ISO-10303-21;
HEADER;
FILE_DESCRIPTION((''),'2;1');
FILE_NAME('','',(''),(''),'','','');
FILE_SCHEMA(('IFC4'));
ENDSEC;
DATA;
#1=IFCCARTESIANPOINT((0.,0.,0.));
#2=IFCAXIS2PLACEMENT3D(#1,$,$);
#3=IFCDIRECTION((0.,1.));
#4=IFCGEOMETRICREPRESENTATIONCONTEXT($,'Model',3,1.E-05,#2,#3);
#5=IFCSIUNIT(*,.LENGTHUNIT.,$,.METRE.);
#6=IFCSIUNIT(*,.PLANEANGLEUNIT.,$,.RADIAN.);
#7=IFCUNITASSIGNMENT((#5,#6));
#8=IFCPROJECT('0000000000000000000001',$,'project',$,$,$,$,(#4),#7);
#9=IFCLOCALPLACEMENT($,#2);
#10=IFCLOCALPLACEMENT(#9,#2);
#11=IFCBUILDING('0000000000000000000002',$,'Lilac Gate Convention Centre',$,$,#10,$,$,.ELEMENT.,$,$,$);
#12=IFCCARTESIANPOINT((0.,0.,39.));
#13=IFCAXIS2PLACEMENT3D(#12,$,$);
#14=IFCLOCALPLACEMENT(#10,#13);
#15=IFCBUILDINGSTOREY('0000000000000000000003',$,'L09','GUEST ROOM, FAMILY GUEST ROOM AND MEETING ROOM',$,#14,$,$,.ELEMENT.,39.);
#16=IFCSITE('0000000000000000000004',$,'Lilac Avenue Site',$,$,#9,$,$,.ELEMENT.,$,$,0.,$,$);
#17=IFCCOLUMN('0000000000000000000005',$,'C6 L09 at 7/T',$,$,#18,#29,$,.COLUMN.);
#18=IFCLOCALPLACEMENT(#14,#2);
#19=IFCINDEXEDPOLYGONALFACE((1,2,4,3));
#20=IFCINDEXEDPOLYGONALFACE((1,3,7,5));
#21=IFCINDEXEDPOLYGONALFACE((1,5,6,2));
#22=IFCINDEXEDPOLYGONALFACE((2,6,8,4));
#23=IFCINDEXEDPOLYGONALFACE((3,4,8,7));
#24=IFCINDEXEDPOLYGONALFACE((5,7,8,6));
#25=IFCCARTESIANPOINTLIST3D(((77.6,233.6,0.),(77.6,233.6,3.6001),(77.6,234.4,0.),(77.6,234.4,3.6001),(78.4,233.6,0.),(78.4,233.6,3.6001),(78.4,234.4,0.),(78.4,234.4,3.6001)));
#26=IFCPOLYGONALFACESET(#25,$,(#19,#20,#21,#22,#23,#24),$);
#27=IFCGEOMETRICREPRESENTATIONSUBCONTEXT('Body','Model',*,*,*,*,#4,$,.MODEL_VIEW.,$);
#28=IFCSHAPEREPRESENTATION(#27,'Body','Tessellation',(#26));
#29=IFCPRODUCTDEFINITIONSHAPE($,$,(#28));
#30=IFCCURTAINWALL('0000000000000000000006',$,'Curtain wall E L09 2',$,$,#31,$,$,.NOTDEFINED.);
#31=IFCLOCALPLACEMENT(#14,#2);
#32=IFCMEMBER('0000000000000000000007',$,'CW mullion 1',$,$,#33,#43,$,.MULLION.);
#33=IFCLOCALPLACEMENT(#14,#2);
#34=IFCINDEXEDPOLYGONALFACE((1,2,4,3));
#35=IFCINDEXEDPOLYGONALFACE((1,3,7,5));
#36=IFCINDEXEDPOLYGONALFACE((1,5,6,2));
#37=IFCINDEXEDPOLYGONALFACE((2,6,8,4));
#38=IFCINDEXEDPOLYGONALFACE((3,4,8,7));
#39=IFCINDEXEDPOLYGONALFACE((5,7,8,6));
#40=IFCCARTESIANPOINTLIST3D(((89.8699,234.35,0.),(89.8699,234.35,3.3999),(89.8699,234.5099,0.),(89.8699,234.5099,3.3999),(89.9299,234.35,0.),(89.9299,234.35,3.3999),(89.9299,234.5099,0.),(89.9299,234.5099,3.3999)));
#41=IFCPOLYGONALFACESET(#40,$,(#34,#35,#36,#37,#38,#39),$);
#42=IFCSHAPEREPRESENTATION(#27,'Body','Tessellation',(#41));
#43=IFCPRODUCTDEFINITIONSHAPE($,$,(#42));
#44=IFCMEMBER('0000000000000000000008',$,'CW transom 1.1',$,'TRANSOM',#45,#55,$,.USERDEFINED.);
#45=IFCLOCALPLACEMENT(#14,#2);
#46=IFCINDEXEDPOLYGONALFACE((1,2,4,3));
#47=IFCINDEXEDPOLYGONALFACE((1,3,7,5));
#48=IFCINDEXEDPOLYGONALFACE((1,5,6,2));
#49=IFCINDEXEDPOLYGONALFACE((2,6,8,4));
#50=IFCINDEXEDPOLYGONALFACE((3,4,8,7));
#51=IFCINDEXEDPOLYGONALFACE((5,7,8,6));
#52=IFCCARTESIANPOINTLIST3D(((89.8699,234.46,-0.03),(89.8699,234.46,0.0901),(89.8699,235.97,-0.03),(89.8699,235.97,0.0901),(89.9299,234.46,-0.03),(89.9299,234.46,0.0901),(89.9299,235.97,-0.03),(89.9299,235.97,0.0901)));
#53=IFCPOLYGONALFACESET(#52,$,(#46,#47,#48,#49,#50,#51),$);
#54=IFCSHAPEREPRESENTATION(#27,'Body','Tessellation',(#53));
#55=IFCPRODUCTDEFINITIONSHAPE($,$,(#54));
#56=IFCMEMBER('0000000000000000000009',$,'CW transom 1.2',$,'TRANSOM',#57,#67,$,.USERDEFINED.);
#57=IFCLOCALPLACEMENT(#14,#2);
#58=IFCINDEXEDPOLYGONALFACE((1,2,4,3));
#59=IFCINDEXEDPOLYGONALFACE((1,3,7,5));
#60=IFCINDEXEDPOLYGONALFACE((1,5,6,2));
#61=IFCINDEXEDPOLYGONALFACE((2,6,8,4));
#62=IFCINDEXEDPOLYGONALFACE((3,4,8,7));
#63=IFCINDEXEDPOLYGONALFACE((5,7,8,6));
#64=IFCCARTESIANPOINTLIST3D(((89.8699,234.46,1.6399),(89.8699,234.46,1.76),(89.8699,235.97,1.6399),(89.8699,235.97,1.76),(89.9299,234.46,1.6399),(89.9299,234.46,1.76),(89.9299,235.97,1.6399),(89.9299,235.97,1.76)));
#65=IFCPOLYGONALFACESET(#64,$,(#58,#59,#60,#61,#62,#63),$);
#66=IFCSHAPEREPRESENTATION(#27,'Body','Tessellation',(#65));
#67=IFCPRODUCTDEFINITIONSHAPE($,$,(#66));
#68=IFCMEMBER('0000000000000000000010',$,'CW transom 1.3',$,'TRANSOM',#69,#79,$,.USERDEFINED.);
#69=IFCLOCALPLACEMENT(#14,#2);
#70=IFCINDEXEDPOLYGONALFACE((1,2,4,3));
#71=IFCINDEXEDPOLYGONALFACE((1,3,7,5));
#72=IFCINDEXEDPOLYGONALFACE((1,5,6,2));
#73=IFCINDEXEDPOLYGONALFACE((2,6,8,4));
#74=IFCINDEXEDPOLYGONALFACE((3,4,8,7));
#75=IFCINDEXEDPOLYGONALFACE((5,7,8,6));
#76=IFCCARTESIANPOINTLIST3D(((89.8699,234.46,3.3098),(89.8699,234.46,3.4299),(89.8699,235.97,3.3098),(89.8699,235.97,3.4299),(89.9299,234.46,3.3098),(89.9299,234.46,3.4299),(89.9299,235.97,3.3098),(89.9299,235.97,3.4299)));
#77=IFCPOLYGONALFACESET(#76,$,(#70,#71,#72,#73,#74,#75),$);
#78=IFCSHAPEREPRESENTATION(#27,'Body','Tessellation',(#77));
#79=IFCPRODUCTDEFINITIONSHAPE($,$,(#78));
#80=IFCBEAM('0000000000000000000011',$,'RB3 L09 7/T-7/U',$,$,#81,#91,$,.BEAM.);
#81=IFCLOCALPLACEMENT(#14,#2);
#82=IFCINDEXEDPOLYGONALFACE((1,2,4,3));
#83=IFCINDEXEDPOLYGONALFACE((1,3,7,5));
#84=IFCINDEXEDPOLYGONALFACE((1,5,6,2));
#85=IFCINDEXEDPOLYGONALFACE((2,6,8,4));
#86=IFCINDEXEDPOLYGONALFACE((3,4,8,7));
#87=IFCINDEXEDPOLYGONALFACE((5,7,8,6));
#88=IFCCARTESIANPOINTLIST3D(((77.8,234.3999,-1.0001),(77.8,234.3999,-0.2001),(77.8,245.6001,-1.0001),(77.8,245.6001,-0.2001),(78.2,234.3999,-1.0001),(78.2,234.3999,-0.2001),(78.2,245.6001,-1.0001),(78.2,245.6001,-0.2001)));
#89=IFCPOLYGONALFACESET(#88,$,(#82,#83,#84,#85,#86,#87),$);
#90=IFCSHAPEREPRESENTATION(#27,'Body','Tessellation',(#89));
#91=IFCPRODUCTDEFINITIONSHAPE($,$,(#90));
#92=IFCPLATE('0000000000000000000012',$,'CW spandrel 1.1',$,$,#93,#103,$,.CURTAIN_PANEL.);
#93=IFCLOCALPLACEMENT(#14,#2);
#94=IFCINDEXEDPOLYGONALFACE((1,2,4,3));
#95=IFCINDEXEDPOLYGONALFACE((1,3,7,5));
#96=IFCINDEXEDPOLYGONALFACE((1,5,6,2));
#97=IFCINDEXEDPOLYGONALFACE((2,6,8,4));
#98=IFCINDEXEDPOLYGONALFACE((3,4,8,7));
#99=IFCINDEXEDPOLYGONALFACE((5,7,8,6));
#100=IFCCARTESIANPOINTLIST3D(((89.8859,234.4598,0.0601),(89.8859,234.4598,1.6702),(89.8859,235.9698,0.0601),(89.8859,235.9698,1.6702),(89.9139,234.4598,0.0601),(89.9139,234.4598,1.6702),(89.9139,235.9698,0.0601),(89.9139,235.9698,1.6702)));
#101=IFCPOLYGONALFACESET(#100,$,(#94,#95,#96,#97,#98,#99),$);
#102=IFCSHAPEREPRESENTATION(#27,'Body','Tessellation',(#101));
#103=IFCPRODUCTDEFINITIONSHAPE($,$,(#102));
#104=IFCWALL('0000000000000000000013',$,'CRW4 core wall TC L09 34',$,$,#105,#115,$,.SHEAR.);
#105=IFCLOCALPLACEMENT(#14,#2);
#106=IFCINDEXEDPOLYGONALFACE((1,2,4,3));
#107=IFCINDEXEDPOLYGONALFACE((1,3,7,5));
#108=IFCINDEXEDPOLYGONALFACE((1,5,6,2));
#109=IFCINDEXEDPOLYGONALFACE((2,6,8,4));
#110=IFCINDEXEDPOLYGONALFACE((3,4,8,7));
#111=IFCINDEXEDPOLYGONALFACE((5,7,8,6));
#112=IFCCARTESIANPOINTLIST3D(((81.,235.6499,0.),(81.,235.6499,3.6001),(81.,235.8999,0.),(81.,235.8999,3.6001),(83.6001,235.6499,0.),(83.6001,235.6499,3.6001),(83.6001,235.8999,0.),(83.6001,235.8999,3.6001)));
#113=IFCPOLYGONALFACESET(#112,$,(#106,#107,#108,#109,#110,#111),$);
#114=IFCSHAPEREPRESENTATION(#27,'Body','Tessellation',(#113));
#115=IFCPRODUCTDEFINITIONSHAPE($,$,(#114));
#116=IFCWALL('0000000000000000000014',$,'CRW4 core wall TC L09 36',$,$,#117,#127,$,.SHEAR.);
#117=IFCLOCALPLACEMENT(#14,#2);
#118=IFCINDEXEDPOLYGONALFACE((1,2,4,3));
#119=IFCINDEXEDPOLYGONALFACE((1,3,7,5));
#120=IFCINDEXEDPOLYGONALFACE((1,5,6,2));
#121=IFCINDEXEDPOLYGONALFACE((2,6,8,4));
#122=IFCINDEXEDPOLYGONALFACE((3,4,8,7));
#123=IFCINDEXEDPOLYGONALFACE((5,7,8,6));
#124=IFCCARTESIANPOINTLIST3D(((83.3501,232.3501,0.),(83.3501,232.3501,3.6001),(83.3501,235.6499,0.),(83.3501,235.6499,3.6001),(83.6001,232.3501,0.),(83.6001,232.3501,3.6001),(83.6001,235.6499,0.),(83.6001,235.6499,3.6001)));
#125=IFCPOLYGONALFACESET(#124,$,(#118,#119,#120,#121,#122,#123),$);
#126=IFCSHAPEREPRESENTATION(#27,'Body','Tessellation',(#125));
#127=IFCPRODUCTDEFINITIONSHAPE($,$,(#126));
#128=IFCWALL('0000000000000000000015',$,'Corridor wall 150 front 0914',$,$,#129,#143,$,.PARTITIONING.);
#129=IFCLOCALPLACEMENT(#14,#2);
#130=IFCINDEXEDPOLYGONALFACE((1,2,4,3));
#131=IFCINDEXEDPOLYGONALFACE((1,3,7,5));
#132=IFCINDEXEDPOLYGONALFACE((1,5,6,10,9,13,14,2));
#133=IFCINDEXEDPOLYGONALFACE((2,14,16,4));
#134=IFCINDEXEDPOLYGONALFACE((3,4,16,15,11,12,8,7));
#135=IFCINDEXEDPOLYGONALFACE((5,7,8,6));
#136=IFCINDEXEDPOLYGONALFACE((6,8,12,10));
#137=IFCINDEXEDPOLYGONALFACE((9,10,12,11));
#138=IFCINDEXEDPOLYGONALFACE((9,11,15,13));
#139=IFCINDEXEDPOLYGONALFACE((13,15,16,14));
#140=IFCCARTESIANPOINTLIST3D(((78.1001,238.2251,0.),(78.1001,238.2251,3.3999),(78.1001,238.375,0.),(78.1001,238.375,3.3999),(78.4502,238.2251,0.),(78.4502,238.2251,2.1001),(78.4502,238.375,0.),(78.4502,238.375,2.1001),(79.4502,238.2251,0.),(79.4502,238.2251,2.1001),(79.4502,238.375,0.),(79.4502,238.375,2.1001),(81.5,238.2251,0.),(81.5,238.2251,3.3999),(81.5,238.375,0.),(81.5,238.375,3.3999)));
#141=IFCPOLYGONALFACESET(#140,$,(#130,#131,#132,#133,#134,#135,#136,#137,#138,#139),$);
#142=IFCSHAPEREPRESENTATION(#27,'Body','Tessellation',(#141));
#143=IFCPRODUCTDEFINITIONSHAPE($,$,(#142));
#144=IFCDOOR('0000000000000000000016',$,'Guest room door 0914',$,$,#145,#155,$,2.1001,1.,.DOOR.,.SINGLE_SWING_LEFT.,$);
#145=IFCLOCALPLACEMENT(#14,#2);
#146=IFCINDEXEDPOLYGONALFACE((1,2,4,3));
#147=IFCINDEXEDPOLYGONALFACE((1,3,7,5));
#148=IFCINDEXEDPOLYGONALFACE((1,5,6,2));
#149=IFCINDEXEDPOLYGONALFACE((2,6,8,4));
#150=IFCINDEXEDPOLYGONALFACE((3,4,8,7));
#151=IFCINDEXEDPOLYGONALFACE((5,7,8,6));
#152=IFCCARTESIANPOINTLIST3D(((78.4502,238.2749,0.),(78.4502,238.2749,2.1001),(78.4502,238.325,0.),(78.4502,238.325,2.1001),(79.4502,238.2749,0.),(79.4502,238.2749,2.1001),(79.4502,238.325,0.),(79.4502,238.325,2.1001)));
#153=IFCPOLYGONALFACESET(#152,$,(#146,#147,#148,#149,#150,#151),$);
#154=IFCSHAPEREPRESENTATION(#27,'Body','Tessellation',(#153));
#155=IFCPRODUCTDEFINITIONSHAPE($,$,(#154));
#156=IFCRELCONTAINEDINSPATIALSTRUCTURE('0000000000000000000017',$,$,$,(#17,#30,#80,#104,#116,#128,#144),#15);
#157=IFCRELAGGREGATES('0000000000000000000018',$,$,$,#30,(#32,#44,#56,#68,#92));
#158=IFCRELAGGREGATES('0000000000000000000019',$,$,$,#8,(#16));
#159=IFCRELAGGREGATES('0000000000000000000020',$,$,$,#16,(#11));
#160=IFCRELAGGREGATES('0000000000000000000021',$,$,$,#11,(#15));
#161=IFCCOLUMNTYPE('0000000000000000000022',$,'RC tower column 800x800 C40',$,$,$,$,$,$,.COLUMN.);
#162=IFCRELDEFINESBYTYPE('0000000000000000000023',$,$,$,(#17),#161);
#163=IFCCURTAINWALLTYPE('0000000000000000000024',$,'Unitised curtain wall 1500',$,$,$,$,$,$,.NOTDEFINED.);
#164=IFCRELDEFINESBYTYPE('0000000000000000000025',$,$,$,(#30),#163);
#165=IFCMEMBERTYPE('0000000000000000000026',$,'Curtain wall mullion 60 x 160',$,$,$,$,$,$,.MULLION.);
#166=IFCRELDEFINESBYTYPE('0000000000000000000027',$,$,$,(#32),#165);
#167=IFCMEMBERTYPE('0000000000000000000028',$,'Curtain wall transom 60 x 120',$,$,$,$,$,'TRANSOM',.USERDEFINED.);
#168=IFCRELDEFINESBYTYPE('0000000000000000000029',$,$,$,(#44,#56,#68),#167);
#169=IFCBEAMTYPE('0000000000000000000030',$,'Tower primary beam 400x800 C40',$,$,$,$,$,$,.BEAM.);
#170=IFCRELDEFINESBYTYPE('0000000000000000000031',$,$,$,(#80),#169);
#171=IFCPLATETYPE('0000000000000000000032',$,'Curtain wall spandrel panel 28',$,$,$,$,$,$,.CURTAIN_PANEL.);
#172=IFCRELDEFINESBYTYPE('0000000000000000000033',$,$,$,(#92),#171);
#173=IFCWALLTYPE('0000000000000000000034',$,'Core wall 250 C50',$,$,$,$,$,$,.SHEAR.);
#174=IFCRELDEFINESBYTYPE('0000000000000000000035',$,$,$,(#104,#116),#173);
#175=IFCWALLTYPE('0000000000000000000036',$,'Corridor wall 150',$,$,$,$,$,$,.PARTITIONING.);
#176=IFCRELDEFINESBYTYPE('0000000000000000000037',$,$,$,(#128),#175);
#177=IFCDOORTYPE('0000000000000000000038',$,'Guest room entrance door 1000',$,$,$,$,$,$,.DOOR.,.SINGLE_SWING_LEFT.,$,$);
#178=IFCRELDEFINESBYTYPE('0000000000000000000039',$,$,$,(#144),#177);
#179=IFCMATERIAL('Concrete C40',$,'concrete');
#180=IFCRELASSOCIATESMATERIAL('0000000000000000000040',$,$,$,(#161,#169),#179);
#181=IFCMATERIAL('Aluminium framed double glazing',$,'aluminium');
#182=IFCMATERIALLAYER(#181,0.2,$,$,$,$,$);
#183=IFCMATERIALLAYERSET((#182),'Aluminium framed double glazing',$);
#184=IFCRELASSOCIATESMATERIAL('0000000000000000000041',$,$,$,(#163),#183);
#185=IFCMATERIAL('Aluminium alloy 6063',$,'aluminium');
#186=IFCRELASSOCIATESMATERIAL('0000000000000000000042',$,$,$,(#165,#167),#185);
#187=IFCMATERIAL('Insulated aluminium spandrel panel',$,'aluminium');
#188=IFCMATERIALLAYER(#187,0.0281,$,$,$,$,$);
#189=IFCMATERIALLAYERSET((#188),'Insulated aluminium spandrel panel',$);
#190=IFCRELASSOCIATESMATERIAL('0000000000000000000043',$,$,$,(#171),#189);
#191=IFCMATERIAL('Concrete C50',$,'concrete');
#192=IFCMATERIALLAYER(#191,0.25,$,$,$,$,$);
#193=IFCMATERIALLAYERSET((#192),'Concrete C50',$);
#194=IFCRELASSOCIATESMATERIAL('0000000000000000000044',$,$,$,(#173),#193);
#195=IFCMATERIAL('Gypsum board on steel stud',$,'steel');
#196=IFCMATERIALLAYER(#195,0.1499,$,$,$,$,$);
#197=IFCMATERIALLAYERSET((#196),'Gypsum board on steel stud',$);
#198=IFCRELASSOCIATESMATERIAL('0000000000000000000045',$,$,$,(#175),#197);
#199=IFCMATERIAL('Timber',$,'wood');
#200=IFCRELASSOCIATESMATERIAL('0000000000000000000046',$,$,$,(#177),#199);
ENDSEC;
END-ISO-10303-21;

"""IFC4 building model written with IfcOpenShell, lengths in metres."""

from ifc_helpers import new_model, si_unit, direction, frame, frame_2d, origin, origin_2d, place, context, subcontext, project, spatial, rectangle, extrude, material, layer, layer_set, material_profile, profile_set, type_object, element, fill, aggregate, save


model = new_model("IFC4")

# Units and contexts
model_context = context("Model", 3, precision=1e-05, world=origin(), true_north=direction((0.0, 1.0)))
body_context = subcontext(model_context, "Body", "Model", "MODEL_VIEW")
ifc_project = project(units=[si_unit("LENGTHUNIT", "METRE"), si_unit("PLANEANGLEUNIT", "RADIAN")], contexts=[model_context])

# Site, building, storey
site_placement = place(None, origin())
site = spatial("IfcSite", under=ifc_project, at=site_placement, Name="Lilac Avenue Site", CompositionType="ELEMENT", RefElevation=0.0)
building_placement = place(site_placement, origin())
building = spatial("IfcBuilding", under=site, at=building_placement, Name="Lilac Gate Convention Centre", CompositionType="ELEMENT")
storey_placement = place(building_placement, frame((0.0, 0.0, 39.0)))
storey = spatial("IfcBuildingStorey", under=building, at=storey_placement, Name="L09", Description="GUEST ROOM, FAMILY GUEST ROOM AND MEETING ROOM", CompositionType="ELEMENT", Elevation=39.0)

# Column
ifc_material_1 = material(Name="Concrete C40", Category="concrete")
ifc_material_profile_1 = material_profile(ifc_material_1, rectangle(XDim=0.8, YDim=0.8, at=origin_2d()), Name="RC 800x800")
ifc_profile_set_1 = profile_set([ifc_material_profile_1], Name="Concrete C40")
column_type = type_object("IfcColumnType", Name="RC tower column 800x800 C40", PredefinedType="COLUMN", material=ifc_profile_set_1)
column_placement = place(storey_placement, frame((78.0, 234.0, 0.0), z_axis=(0.0, 0.0, 1.0), x_axis=(1.0, 0.0, 0.0)))
element("IfcColumn", 1, at=column_placement, inside=storey, type_object=column_type, Name="C6 L09 at 7/T", PredefinedType="COLUMN", context=body_context, shape_type="SweptSolid", body=[
    extrude(rectangle(XDim=0.8, YDim=0.8, at=origin_2d()), origin(), (0.0, 0.0, 1.0), 3.6001),
])

# Curtain wall, members
ifc_material_2 = material(Name="Aluminium framed double glazing", Category="aluminium")
ifc_layer_1 = layer(ifc_material_2, 0.2)
ifc_layer_set_1 = layer_set([ifc_layer_1], Name="Aluminium framed double glazing")
curtain_wall_type = type_object("IfcCurtainWallType", Name="Unitised curtain wall 1500", PredefinedType="NOTDEFINED", material=ifc_layer_set_1)
curtain_wall_placement = place(storey_placement, origin())
curtain_wall = element("IfcCurtainWall", 2, at=curtain_wall_placement, inside=storey, type_object=curtain_wall_type, Name="Curtain wall E L09 2", PredefinedType="NOTDEFINED")
ifc_material_3 = material(Name="Aluminium alloy 6063", Category="aluminium")
ifc_material_profile_2 = material_profile(ifc_material_3, rectangle(XDim=0.0601, YDim=0.1599, at=origin_2d()), Name="Curtain wall mullion 60 x 160")
ifc_profile_set_2 = profile_set([ifc_material_profile_2], Name="Aluminium alloy 6063")
member_type_1 = type_object("IfcMemberType", Name="Curtain wall mullion 60 x 160", PredefinedType="MULLION", material=ifc_profile_set_2)
member_1_placement = place(storey_placement, frame((89.8999, 234.4299, 0.0), z_axis=(0.0, 0.0, 1.0), x_axis=(-1.0, 0.0, 0.0)))
member_1 = element("IfcMember", 3, at=member_1_placement, type_object=member_type_1, Name="CW mullion 1", PredefinedType="MULLION", context=body_context, shape_type="SweptSolid", body=[
    extrude(rectangle(XDim=0.0601, YDim=0.1599, at=origin_2d()), origin(), (0.0, 0.0, 1.0), 3.3999),
])
ifc_material_profile_3 = material_profile(ifc_material_3, rectangle(XDim=0.0601, YDim=0.1201, at=origin_2d()), Name="Curtain wall transom 60 x 120")
ifc_profile_set_3 = profile_set([ifc_material_profile_3], Name="Aluminium alloy 6063")
member_type_2 = type_object("IfcMemberType", Name="Curtain wall transom 60 x 120", ElementType="TRANSOM", PredefinedType="USERDEFINED", material=ifc_profile_set_3)
member_2_placement = place(storey_placement, frame((89.8999, 234.46, 0.03), z_axis=(0.0, 1.0, 0.0), x_axis=(-1.0, 0.0, 0.0)))
member_2 = element("IfcMember", 4, at=member_2_placement, type_object=member_type_2, Name="CW transom 1.1", ObjectType="TRANSOM", PredefinedType="USERDEFINED", context=body_context, shape_type="SweptSolid", body=[
    extrude(rectangle(XDim=0.0601, YDim=0.1201, at=origin_2d()), origin(), (0.0, 0.0, 1.0), 1.51),
])
member_3_placement = place(storey_placement, frame((89.8999, 234.46, 1.7), z_axis=(0.0, 1.0, 0.0), x_axis=(-1.0, 0.0, 0.0)))
member_3 = element("IfcMember", 5, at=member_3_placement, type_object=member_type_2, Name="CW transom 1.2", ObjectType="TRANSOM", PredefinedType="USERDEFINED", context=body_context, shape_type="SweptSolid", body=[
    extrude(rectangle(XDim=0.0601, YDim=0.1201, at=origin_2d()), origin(), (0.0, 0.0, 1.0), 1.51),
])
member_4_placement = place(storey_placement, frame((89.8999, 234.46, 3.3699), z_axis=(0.0, 1.0, 0.0), x_axis=(-1.0, 0.0, 0.0)))
member_4 = element("IfcMember", 6, at=member_4_placement, type_object=member_type_2, Name="CW transom 1.3", ObjectType="TRANSOM", PredefinedType="USERDEFINED", context=body_context, shape_type="SweptSolid", body=[
    extrude(rectangle(XDim=0.0601, YDim=0.1201, at=origin_2d()), origin(), (0.0, 0.0, 1.0), 1.51),
])

# Beam
ifc_material_profile_4 = material_profile(ifc_material_1, rectangle(XDim=0.3999, YDim=0.8, at=origin_2d()), Name="RC 400x800")
ifc_profile_set_4 = profile_set([ifc_material_profile_4], Name="Concrete C40")
beam_type = type_object("IfcBeamType", Name="Tower primary beam 400x800 C40", PredefinedType="BEAM", material=ifc_profile_set_4)
beam_placement = place(storey_placement, frame((78.0, 234.3999, -0.6001), z_axis=(0.0, 1.0, 0.0), x_axis=(-1.0, 0.0, 0.0)))
element("IfcBeam", 7, at=beam_placement, inside=storey, type_object=beam_type, Name="RB3 L09 7/T-7/U", PredefinedType="BEAM", context=body_context, shape_type="SweptSolid", body=[
    extrude(rectangle(XDim=0.3999, YDim=0.8, at=origin_2d()), origin(), (0.0, 0.0, 1.0), 11.2002),
])

# Plate
ifc_material_4 = material(Name="Insulated aluminium spandrel panel", Category="aluminium")
ifc_layer_2 = layer(ifc_material_4, 0.0281)
ifc_layer_set_2 = layer_set([ifc_layer_2], Name="Insulated aluminium spandrel panel")
plate_type = type_object("IfcPlateType", Name="Curtain wall spandrel panel 28", PredefinedType="CURTAIN_PANEL", material=ifc_layer_set_2)
plate_placement = place(storey_placement, frame((89.8999, 235.2148, 0.0601), z_axis=(0.0, 0.0, 1.0), x_axis=(0.0, 1.0, 0.0)))
plate = element("IfcPlate", 8, at=plate_placement, type_object=plate_type, Name="CW spandrel 1.1", PredefinedType="CURTAIN_PANEL", context=body_context, shape_type="SweptSolid", body=[
    extrude(rectangle(XDim=1.51, YDim=0.0281, at=origin_2d()), origin(), (0.0, 0.0, 1.0), 1.6101),
])
aggregate(curtain_wall, [member_1, member_2, member_3, member_4, plate])

# Walls
ifc_material_5 = material(Name="Concrete C50", Category="concrete")
ifc_layer_3 = layer(ifc_material_5, 0.25)
ifc_layer_set_3 = layer_set([ifc_layer_3], Name="Concrete C50")
wall_type_1 = type_object("IfcWallType", Name="Core wall 250 C50", PredefinedType="SHEAR", material=ifc_layer_set_3)
wall_1_placement = place(storey_placement, frame((81.0, 235.7749, 0.0), z_axis=(0.0, 0.0, 1.0), x_axis=(1.0, 0.0, 0.0)))
element("IfcWall", 9, at=wall_1_placement, inside=storey, type_object=wall_type_1, Name="CRW4 core wall TC L09 34", PredefinedType="SHEAR", context=body_context, shape_type="SweptSolid", body=[
    extrude(rectangle(XDim=2.6001, YDim=0.25, at=frame_2d((1.3, 0.0))), origin(), (0.0, 0.0, 1.0), 3.6001),
])
wall_2_placement = place(storey_placement, frame((83.4751, 232.3501, 0.0), z_axis=(0.0, 0.0, 1.0), x_axis=(0.0, 1.0, 0.0)))
element("IfcWall", 10, at=wall_2_placement, inside=storey, type_object=wall_type_1, Name="CRW4 core wall TC L09 36", PredefinedType="SHEAR", context=body_context, shape_type="SweptSolid", body=[
    extrude(rectangle(XDim=3.2998, YDim=0.25, at=frame_2d((1.6499, 0.0))), origin(), (0.0, 0.0, 1.0), 3.6001),
])

# Wall, opening, door
ifc_material_6 = material(Name="Gypsum board on steel stud", Category="steel")
ifc_layer_4 = layer(ifc_material_6, 0.1499)
ifc_layer_set_4 = layer_set([ifc_layer_4], Name="Gypsum board on steel stud")
wall_type_2 = type_object("IfcWallType", Name="Corridor wall 150", PredefinedType="PARTITIONING", material=ifc_layer_set_4)
wall_3_placement = place(storey_placement, frame((78.1001, 238.3, 0.0), z_axis=(0.0, 0.0, 1.0), x_axis=(1.0, 0.0, 0.0)))
wall_3 = element("IfcWall", 11, at=wall_3_placement, inside=storey, type_object=wall_type_2, Name="Corridor wall 150 front 0914", PredefinedType="PARTITIONING", context=body_context, shape_type="SweptSolid", body=[
    extrude(rectangle(XDim=3.3999, YDim=0.1499, at=frame_2d((1.7, 0.0))), origin(), (0.0, 0.0, 1.0), 3.3999),
])
opening_1_placement = place(wall_3_placement, frame((0.3501, 0.0, 0.0)))
opening_1 = element("IfcOpeningElement", 12, at=opening_1_placement, cuts=wall_3, PredefinedType="OPENING", context=body_context, shape_type="SweptSolid", body=[
    extrude(rectangle(XDim=1.0, YDim=2.1001, at=frame_2d((0.5, 1.05))), frame((0.0, 0.085, 0.0), z_axis=(0.0, -1.0, 0.0), x_axis=(1.0, 0.0, 0.0)), (0.0, 0.0, 1.0), 0.1699),
])
ifc_material_7 = material(Name="Timber", Category="wood")
door_type_1 = type_object("IfcDoorType", Name="Guest room entrance door 1000", OperationType="SINGLE_SWING_LEFT", PredefinedType="DOOR", material=ifc_material_7)
door_1_placement = place(opening_1_placement, origin())
door_1 = element("IfcDoor", 13, at=door_1_placement, inside=storey, type_object=door_type_1, Name="Guest room door 0914", OperationType="SINGLE_SWING_LEFT", OverallHeight=2.1001, OverallWidth=1.0, PredefinedType="DOOR", context=body_context, shape_type="SweptSolid", body=[
    extrude(rectangle(XDim=1.0, YDim=2.1001, at=frame_2d((0.5, 1.05))), frame((0.0, 0.0249, 0.0), z_axis=(0.0, -1.0, 0.0), x_axis=(1.0, 0.0, 0.0)), (0.0, 0.0, 1.0), 0.05),
])
fill(opening_1, door_1)

save(model, "model.ifc")
